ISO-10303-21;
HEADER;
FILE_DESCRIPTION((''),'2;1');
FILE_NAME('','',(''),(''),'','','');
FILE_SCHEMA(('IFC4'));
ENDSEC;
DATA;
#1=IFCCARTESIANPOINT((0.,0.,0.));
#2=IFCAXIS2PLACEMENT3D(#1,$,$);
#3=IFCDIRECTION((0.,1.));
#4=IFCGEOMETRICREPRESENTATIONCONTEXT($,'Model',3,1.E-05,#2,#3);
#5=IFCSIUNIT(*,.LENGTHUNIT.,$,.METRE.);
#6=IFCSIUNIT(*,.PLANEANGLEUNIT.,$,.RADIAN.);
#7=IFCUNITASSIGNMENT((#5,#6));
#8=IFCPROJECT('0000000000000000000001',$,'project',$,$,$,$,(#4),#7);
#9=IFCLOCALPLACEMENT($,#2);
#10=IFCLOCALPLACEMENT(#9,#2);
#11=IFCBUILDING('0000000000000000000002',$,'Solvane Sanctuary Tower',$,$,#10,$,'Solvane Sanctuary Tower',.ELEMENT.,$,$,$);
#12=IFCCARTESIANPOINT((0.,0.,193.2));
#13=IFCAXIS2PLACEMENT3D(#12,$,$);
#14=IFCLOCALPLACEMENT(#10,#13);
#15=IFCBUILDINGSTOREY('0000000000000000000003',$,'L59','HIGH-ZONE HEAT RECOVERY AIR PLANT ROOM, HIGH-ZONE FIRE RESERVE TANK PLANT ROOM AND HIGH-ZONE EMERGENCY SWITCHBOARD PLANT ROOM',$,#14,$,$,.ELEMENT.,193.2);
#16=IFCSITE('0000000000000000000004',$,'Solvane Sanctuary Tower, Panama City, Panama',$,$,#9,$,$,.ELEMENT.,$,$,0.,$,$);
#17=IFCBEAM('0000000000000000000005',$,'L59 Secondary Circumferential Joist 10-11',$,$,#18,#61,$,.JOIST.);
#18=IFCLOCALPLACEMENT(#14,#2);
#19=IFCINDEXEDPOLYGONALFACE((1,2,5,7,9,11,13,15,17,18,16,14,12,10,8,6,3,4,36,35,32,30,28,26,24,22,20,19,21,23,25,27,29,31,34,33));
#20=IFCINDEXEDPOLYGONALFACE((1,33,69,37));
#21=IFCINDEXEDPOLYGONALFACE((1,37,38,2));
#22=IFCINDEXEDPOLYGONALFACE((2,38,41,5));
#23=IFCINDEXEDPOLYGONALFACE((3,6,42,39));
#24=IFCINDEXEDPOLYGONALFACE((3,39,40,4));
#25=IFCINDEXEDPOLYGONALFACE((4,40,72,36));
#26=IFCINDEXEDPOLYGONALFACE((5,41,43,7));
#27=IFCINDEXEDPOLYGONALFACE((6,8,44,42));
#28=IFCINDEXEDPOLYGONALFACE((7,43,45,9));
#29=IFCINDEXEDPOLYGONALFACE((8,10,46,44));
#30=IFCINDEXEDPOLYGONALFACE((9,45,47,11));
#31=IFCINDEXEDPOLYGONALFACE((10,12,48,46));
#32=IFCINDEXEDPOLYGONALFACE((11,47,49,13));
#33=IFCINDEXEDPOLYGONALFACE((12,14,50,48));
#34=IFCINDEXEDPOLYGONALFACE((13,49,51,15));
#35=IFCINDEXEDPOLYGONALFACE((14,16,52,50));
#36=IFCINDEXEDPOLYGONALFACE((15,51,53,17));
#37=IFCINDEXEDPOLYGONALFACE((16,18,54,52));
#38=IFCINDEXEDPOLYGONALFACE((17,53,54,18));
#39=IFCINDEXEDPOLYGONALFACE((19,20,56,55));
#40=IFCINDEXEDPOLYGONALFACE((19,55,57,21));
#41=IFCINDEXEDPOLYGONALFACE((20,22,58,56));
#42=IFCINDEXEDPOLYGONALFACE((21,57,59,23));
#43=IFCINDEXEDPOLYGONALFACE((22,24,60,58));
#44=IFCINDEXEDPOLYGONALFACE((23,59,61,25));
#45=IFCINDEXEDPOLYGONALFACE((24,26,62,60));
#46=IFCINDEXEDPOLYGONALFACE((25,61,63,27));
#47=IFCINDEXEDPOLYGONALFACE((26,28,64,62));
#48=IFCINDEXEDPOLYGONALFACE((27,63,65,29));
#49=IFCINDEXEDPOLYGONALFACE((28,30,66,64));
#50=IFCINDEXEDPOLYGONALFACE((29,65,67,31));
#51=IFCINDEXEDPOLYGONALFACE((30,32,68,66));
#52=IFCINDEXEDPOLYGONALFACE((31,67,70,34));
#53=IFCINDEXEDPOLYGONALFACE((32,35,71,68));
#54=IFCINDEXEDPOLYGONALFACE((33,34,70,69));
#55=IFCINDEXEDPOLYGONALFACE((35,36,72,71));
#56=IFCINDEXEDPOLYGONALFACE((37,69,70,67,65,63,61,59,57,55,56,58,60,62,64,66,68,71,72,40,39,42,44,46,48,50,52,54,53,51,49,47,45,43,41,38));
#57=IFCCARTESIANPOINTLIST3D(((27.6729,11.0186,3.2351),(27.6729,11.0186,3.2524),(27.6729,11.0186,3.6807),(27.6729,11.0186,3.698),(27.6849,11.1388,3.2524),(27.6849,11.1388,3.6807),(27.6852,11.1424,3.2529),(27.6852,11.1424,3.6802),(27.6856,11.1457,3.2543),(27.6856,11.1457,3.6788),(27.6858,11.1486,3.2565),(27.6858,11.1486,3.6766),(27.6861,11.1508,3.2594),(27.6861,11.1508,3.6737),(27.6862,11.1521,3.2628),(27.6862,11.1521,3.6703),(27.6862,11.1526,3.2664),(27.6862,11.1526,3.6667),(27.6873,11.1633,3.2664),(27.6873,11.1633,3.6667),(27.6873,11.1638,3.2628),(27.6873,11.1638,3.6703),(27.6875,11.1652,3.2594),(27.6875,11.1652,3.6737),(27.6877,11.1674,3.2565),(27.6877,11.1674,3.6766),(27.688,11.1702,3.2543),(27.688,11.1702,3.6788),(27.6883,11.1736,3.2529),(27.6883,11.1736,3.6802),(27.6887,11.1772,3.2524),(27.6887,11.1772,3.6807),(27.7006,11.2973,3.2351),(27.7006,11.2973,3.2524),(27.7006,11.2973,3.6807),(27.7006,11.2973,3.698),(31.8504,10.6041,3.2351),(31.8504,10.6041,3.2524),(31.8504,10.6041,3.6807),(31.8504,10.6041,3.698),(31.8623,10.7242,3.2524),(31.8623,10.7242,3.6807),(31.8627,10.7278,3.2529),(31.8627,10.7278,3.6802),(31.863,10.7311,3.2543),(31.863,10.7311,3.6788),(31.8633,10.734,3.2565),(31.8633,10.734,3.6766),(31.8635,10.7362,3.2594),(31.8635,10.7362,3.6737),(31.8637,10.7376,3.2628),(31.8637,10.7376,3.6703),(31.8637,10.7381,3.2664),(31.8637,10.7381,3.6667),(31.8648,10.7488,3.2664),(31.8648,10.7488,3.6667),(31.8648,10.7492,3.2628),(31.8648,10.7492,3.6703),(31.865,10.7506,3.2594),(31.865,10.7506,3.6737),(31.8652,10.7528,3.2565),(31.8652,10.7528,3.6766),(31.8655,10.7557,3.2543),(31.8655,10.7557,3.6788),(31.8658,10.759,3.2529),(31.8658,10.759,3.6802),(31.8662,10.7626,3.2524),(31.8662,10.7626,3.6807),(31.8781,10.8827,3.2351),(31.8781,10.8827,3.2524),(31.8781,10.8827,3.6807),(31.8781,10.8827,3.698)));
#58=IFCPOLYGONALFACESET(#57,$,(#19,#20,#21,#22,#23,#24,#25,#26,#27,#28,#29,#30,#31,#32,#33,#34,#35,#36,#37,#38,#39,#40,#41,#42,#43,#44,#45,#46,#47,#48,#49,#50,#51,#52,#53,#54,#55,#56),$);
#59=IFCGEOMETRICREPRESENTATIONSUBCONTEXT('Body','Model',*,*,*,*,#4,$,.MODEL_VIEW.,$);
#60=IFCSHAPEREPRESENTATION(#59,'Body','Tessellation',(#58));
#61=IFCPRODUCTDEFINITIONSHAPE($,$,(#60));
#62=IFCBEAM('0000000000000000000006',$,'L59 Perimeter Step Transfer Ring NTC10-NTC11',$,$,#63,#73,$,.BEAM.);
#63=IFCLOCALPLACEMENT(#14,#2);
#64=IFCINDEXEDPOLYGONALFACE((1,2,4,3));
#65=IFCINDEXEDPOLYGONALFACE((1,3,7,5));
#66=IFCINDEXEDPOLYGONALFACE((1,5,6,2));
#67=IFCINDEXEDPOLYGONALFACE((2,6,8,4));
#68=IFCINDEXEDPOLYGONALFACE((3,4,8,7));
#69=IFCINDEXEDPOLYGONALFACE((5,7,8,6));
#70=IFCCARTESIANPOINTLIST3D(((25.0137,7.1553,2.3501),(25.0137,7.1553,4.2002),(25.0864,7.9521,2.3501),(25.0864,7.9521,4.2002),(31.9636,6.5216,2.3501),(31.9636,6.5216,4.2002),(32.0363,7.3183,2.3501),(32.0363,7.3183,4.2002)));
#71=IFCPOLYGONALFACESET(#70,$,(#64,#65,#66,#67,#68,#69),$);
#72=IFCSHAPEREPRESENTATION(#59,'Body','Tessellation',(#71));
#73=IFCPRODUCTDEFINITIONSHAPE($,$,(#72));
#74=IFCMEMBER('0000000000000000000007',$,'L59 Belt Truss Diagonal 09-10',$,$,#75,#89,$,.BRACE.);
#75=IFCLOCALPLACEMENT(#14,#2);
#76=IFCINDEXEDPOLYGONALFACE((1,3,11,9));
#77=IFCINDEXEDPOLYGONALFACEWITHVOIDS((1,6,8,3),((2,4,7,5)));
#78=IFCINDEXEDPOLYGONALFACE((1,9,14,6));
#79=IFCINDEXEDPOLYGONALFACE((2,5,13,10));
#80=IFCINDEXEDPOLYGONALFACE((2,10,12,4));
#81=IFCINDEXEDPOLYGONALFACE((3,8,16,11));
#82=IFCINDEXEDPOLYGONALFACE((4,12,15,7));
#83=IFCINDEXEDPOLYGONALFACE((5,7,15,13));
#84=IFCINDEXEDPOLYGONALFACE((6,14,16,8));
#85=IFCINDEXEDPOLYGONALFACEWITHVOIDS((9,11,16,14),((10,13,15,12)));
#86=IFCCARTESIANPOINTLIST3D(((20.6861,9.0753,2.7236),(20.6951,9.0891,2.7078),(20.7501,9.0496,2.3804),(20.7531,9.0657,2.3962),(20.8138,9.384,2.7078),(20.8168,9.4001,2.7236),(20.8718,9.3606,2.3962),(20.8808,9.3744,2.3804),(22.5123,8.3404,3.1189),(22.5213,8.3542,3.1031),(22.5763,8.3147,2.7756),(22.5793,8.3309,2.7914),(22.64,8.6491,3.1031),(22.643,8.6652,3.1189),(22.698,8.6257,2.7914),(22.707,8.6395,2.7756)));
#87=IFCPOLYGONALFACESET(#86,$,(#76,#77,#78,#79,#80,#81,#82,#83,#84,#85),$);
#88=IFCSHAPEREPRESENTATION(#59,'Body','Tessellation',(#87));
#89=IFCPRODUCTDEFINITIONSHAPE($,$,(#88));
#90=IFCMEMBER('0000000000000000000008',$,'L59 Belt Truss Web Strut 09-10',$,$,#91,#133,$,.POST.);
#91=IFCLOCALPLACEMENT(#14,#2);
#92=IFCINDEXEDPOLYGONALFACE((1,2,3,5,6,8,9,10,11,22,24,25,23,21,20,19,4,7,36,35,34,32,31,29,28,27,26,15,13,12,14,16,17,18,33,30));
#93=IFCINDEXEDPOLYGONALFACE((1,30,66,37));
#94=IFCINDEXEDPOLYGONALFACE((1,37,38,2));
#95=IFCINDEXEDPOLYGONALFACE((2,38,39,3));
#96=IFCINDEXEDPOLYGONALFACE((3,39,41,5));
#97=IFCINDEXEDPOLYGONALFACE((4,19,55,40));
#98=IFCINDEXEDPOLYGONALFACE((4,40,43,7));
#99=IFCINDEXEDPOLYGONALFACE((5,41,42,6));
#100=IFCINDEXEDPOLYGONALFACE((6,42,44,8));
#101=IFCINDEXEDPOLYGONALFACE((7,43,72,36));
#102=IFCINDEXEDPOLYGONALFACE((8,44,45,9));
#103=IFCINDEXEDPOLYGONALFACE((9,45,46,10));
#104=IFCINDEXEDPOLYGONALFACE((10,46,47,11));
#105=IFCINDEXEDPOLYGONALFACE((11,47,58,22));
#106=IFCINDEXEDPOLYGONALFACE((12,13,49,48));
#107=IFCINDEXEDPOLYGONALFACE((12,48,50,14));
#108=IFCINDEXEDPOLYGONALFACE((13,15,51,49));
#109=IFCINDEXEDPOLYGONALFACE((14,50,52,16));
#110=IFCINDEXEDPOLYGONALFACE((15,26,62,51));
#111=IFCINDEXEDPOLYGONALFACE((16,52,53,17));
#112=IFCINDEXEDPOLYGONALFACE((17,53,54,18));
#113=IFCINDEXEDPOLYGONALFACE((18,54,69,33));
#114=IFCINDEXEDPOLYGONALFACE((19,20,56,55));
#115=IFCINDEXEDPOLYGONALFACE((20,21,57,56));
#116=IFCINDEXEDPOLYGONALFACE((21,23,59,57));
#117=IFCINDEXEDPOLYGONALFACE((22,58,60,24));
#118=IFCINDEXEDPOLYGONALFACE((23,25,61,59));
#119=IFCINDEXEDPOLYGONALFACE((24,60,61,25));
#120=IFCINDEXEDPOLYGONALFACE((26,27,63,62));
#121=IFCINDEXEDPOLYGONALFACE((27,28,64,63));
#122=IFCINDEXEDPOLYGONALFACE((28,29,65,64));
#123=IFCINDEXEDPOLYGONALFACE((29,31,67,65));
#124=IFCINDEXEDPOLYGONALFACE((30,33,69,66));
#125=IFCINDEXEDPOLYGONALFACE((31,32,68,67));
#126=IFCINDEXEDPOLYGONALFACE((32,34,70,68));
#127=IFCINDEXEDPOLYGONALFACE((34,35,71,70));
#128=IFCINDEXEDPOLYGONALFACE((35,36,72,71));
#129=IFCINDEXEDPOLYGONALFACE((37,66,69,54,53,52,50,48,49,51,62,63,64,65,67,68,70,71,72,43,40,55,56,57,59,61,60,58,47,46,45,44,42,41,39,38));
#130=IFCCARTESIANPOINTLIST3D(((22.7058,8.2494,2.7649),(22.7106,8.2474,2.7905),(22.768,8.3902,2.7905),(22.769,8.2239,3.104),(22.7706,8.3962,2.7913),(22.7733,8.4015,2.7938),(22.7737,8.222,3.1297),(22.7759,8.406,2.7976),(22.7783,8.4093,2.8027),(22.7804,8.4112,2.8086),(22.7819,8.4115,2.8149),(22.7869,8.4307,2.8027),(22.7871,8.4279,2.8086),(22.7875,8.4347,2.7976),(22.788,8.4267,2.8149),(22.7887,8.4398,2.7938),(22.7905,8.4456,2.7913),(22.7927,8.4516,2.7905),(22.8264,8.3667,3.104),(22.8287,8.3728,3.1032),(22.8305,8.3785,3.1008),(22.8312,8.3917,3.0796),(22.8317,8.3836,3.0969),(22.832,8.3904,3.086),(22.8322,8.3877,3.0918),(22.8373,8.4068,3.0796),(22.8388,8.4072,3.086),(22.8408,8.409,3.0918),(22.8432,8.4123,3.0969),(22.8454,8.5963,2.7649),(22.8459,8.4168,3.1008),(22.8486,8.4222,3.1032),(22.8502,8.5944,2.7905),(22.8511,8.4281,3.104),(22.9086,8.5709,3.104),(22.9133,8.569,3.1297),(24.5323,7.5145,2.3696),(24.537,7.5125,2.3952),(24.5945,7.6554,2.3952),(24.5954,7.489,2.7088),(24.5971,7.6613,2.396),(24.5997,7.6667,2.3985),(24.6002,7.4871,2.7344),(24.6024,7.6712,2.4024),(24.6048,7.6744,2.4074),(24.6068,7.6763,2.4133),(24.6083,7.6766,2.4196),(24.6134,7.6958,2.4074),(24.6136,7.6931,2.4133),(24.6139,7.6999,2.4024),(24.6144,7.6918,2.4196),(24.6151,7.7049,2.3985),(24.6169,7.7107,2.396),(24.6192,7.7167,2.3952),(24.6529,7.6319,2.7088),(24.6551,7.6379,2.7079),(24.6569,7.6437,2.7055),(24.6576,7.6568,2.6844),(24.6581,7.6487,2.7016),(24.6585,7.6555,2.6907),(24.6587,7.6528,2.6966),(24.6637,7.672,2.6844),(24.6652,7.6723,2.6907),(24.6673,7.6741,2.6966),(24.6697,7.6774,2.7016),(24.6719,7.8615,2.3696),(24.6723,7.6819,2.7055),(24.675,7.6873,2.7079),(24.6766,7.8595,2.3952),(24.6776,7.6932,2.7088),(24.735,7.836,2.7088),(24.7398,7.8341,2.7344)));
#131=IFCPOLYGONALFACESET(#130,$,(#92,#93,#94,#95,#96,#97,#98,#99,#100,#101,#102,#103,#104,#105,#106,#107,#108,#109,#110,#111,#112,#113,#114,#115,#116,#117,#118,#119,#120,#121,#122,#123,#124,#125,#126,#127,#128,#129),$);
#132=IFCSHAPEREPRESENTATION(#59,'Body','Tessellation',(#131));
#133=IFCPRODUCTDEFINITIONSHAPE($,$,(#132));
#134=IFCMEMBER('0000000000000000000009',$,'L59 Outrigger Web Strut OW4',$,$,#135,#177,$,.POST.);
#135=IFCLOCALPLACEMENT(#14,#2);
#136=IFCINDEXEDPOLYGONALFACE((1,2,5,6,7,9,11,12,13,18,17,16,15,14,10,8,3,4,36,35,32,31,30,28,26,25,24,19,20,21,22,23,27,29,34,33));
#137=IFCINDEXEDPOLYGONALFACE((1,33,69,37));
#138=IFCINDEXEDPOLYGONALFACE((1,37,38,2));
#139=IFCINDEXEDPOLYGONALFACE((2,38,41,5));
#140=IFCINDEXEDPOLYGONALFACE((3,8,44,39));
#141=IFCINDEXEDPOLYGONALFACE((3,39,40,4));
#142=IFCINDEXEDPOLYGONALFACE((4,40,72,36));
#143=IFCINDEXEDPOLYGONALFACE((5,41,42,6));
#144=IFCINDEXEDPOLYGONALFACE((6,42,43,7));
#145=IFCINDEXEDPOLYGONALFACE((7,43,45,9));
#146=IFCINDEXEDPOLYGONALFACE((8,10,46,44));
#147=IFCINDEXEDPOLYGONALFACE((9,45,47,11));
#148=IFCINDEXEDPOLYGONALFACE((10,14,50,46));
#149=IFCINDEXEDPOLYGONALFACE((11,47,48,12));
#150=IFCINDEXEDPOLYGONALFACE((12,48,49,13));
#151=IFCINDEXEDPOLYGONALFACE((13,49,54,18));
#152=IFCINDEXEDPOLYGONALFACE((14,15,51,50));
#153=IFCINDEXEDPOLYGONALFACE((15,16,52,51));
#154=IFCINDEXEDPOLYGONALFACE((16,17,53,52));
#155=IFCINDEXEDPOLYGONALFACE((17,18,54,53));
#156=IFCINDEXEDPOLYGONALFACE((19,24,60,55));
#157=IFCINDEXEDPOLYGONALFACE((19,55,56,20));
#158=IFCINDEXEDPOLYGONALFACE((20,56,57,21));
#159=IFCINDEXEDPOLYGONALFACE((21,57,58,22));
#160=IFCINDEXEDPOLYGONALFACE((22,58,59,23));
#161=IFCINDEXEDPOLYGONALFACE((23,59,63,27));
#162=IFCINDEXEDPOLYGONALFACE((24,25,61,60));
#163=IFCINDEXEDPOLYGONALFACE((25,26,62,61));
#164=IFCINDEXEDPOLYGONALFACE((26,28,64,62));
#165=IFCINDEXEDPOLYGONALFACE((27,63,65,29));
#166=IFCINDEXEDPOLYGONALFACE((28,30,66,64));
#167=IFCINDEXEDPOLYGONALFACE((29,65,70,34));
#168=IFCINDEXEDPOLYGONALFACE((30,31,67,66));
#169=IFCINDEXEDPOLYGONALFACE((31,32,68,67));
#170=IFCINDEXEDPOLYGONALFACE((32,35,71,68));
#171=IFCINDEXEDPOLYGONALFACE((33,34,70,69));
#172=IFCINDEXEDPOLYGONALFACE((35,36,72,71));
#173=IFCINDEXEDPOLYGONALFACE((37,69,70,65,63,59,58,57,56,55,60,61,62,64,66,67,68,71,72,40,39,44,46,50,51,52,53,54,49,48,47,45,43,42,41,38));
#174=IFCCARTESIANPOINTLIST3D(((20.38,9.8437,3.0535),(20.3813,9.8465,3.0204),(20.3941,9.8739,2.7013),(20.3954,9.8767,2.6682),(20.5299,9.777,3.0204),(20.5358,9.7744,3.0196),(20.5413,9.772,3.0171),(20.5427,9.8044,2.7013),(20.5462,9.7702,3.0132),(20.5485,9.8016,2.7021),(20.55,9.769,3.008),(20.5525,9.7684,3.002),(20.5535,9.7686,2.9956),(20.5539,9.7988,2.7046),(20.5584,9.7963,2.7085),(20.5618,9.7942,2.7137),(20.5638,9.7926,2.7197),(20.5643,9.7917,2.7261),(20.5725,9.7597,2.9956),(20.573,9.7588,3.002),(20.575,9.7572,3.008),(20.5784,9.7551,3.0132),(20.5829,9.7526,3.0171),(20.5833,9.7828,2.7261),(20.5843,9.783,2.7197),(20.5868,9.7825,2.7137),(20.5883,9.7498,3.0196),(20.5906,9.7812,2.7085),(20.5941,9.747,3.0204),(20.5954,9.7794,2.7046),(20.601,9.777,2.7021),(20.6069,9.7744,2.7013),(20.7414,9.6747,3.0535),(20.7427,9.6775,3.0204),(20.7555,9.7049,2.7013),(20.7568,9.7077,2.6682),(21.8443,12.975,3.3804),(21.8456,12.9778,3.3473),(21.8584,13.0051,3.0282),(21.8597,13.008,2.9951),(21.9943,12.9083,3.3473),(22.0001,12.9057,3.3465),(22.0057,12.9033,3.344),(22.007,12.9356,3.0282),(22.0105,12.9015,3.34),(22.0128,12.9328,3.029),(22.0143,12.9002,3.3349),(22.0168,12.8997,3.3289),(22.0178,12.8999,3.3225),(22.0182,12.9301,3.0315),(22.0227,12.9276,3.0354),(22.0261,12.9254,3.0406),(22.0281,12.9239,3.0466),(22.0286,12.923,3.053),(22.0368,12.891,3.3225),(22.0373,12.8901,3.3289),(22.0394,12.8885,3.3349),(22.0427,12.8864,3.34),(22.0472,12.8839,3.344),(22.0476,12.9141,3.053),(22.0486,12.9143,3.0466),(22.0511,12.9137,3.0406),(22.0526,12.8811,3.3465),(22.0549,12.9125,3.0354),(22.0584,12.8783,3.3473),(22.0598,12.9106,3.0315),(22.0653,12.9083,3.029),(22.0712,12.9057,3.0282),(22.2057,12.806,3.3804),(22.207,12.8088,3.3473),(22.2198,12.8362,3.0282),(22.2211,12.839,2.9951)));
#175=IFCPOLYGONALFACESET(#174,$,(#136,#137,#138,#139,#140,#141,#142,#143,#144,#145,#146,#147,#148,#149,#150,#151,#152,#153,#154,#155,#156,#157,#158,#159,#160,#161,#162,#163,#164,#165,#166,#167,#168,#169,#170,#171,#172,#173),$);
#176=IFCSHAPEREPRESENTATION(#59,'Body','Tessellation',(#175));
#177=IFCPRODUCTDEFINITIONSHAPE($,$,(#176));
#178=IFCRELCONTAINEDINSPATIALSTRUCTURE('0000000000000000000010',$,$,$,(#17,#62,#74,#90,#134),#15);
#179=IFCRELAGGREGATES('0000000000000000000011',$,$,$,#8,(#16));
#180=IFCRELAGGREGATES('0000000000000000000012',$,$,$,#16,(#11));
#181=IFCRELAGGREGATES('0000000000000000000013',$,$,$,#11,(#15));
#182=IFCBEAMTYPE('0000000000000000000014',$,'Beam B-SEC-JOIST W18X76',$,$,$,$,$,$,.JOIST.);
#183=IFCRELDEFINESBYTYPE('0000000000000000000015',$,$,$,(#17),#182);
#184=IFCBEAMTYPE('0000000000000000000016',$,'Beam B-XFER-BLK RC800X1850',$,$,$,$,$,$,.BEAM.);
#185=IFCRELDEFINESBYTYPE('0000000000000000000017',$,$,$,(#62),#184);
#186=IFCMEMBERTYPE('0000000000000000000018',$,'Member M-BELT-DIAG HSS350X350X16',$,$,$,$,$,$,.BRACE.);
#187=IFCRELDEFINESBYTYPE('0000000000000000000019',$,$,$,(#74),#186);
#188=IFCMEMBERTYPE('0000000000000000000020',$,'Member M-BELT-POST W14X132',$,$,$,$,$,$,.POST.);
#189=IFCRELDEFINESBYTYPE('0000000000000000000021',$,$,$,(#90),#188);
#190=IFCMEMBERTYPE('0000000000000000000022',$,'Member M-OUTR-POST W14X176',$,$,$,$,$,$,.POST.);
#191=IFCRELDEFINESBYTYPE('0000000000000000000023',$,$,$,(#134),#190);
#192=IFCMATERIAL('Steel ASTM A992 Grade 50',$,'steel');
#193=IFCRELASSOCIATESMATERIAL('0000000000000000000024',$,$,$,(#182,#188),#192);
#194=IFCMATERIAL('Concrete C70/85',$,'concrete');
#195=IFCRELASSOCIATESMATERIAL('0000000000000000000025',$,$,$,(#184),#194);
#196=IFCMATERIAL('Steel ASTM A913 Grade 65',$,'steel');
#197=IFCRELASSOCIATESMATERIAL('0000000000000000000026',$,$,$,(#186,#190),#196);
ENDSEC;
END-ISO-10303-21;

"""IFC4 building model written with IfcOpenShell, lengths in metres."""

from ifc_helpers import new_model, si_unit, direction, frame, origin, origin_2d, place, context, subcontext, project, spatial, rectangle, hollow_rectangle, i_section, extrude, material, material_profile, profile_set, type_object, element, save


model = new_model("IFC4")

# Units and contexts
model_context = context("Model", 3, precision=1e-05, world=origin(), true_north=direction((0.0, 1.0)))
body_context = subcontext(model_context, "Body", "Model", "MODEL_VIEW")
ifc_project = project(units=[si_unit("LENGTHUNIT", "METRE"), si_unit("PLANEANGLEUNIT", "RADIAN")], contexts=[model_context])

# Site, building, storey
site_placement = place(None, origin())
site = spatial("IfcSite", under=ifc_project, at=site_placement, Name="Solvane Sanctuary Tower, Panama City, Panama", CompositionType="ELEMENT", RefElevation=0.0)
building_placement = place(site_placement, origin())
building = spatial("IfcBuilding", under=site, at=building_placement, Name="Solvane Sanctuary Tower", LongName="Solvane Sanctuary Tower", CompositionType="ELEMENT")
storey_placement = place(building_placement, frame((0.0, 0.0, 193.2)))
storey = spatial("IfcBuildingStorey", under=building, at=storey_placement, Name="L59", Description="HIGH-ZONE HEAT RECOVERY AIR PLANT ROOM, HIGH-ZONE FIRE RESERVE TANK PLANT ROOM AND HIGH-ZONE EMERGENCY SWITCHBOARD PLANT ROOM", CompositionType="ELEMENT", Elevation=193.2)

# Beams
ifc_material_1 = material(Name="Steel ASTM A913 Grade 65", Category="steel")
ifc_material_2 = material(Name="Steel ASTM A992 Grade 50", Category="steel")
ifc_material_profile_1 = material_profile(ifc_material_2, i_section(OverallWidth=0.28, OverallDepth=0.4629, WebThickness=0.0107, FlangeThickness=0.0173, FilletRadius=0.0139, at=origin_2d()), Name="W18X76")
ifc_profile_set_1 = profile_set([ifc_material_profile_1], Name="Steel ASTM A992 Grade 50")
beam_type_1 = type_object("IfcBeamType", Name="Beam B-SEC-JOIST W18X76", PredefinedType="JOIST", material=ifc_profile_set_1)
beam_1_placement = place(storey_placement, frame((27.6868, 11.158, 3.4666), z_axis=(0.995112, -0.098749, 0.0), x_axis=(0.098749, 0.995112, 0.0)))
element("IfcBeam", 1, at=beam_1_placement, inside=storey, type_object=beam_type_1, Name="L59 Secondary Circumferential Joist 10-11", PredefinedType="JOIST", context=body_context, shape_type="SweptSolid", body=[
    extrude(i_section(OverallWidth=0.28, OverallDepth=0.4629, WebThickness=0.0107, FlangeThickness=0.0173, FilletRadius=0.0139, at=origin_2d()), origin(), (0.0, 0.0, 1.0), 4.198),
])
ifc_material_3 = material(Name="Concrete C70/85", Category="concrete")
ifc_material_profile_2 = material_profile(ifc_material_3, rectangle(XDim=0.8, YDim=1.8501, at=origin_2d()), Name="RC800X1850")
ifc_profile_set_2 = profile_set([ifc_material_profile_2], Name="Concrete C70/85")
beam_type_2 = type_object("IfcBeamType", Name="Beam B-XFER-BLK RC800X1850", PredefinedType="BEAM", material=ifc_profile_set_2)
beam_2_placement = place(storey_placement, frame((25.05, 7.5537, 3.2751), z_axis=(0.995868, -0.090816, 0.0), x_axis=(0.090816, 0.995868, 0.0)))
element("IfcBeam", 2, at=beam_2_placement, inside=storey, type_object=beam_type_2, Name="L59 Perimeter Step Transfer Ring NTC10-NTC11", PredefinedType="BEAM", context=body_context, shape_type="SweptSolid", body=[
    extrude(rectangle(XDim=0.8, YDim=1.8501, at=origin_2d()), origin(), (0.0, 0.0, 1.0), 6.9788),
])

# Members
ifc_material_profile_3 = material_profile(ifc_material_1, hollow_rectangle(XDim=0.3501, YDim=0.3501, WallThickness=0.0161, at=origin_2d()), Name="HSS350X350X16")
ifc_profile_set_3 = profile_set([ifc_material_profile_3], Name="Steel ASTM A913 Grade 65")
member_type_1 = type_object("IfcMemberType", Name="Member M-BELT-DIAG HSS350X350X16", PredefinedType="BRACE", material=ifc_profile_set_3)
member_1_placement = place(storey_placement, frame((20.7834, 9.2249, 2.552), z_axis=(0.90955, -0.366009, 0.196867), x_axis=(0.373314, 0.927705, 0.0)))
element("IfcMember", 3, at=member_1_placement, inside=storey, type_object=member_type_1, Name="L59 Belt Truss Diagonal 09-10", PredefinedType="BRACE", context=body_context, shape_type="SweptSolid", body=[
    extrude(hollow_rectangle(XDim=0.3501, YDim=0.3501, WallThickness=0.0161, at=origin_2d()), origin(), (0.0, 0.0, 1.0), 2.0078),
])
ifc_material_profile_4 = material_profile(ifc_material_2, i_section(OverallWidth=0.374, OverallDepth=0.3721, WebThickness=0.0164, FlangeThickness=0.0261, FilletRadius=0.0249, at=origin_2d()), Name="W14X132")
ifc_profile_set_4 = profile_set([ifc_material_profile_4], Name="Steel ASTM A992 Grade 50")
member_type_2 = type_object("IfcMemberType", Name="Member M-BELT-POST W14X132", PredefinedType="POST", material=ifc_profile_set_4)
member_2_placement = place(storey_placement, frame((22.8096, 8.4092, 2.9473), z_axis=(0.909571, -0.365968, -0.196845), x_axis=(0.373271, 0.927722, 0.0)))
element("IfcMember", 4, at=member_2_placement, inside=storey, type_object=member_type_2, Name="L59 Belt Truss Web Strut 09-10", PredefinedType="POST", context=body_context, shape_type="SweptSolid", body=[
    extrude(i_section(OverallWidth=0.374, OverallDepth=0.3721, WebThickness=0.0164, FlangeThickness=0.0261, FilletRadius=0.0249, at=origin_2d()), origin(), (0.0, 0.0, 1.0), 2.0081),
])
ifc_material_profile_5 = material_profile(ifc_material_1, i_section(OverallWidth=0.3989, OverallDepth=0.387, WebThickness=0.021, FlangeThickness=0.0332, FilletRadius=0.0249, at=origin_2d()), Name="W14X176")
ifc_profile_set_5 = profile_set([ifc_material_profile_5], Name="Steel ASTM A913 Grade 65")
member_type_3 = type_object("IfcMemberType", Name="Member M-OUTR-POST W14X176", PredefinedType="POST", material=ifc_profile_set_5)
member_3_placement = place(storey_placement, frame((22.0327, 12.907, 3.1877), z_axis=(-0.421731, -0.90182, -0.094148), x_axis=(0.905844, -0.423612, 0.0)))
element("IfcMember", 5, at=member_3_placement, inside=storey, type_object=member_type_3, Name="L59 Outrigger Web Strut OW4", PredefinedType="POST", context=body_context, shape_type="SweptSolid", body=[
    extrude(i_section(OverallWidth=0.3989, OverallDepth=0.387, WebThickness=0.021, FlangeThickness=0.0332, FilletRadius=0.0249, at=origin_2d()), origin(), (0.0, 0.0, 1.0), 3.4722),
])

save(model, "model.ifc")
